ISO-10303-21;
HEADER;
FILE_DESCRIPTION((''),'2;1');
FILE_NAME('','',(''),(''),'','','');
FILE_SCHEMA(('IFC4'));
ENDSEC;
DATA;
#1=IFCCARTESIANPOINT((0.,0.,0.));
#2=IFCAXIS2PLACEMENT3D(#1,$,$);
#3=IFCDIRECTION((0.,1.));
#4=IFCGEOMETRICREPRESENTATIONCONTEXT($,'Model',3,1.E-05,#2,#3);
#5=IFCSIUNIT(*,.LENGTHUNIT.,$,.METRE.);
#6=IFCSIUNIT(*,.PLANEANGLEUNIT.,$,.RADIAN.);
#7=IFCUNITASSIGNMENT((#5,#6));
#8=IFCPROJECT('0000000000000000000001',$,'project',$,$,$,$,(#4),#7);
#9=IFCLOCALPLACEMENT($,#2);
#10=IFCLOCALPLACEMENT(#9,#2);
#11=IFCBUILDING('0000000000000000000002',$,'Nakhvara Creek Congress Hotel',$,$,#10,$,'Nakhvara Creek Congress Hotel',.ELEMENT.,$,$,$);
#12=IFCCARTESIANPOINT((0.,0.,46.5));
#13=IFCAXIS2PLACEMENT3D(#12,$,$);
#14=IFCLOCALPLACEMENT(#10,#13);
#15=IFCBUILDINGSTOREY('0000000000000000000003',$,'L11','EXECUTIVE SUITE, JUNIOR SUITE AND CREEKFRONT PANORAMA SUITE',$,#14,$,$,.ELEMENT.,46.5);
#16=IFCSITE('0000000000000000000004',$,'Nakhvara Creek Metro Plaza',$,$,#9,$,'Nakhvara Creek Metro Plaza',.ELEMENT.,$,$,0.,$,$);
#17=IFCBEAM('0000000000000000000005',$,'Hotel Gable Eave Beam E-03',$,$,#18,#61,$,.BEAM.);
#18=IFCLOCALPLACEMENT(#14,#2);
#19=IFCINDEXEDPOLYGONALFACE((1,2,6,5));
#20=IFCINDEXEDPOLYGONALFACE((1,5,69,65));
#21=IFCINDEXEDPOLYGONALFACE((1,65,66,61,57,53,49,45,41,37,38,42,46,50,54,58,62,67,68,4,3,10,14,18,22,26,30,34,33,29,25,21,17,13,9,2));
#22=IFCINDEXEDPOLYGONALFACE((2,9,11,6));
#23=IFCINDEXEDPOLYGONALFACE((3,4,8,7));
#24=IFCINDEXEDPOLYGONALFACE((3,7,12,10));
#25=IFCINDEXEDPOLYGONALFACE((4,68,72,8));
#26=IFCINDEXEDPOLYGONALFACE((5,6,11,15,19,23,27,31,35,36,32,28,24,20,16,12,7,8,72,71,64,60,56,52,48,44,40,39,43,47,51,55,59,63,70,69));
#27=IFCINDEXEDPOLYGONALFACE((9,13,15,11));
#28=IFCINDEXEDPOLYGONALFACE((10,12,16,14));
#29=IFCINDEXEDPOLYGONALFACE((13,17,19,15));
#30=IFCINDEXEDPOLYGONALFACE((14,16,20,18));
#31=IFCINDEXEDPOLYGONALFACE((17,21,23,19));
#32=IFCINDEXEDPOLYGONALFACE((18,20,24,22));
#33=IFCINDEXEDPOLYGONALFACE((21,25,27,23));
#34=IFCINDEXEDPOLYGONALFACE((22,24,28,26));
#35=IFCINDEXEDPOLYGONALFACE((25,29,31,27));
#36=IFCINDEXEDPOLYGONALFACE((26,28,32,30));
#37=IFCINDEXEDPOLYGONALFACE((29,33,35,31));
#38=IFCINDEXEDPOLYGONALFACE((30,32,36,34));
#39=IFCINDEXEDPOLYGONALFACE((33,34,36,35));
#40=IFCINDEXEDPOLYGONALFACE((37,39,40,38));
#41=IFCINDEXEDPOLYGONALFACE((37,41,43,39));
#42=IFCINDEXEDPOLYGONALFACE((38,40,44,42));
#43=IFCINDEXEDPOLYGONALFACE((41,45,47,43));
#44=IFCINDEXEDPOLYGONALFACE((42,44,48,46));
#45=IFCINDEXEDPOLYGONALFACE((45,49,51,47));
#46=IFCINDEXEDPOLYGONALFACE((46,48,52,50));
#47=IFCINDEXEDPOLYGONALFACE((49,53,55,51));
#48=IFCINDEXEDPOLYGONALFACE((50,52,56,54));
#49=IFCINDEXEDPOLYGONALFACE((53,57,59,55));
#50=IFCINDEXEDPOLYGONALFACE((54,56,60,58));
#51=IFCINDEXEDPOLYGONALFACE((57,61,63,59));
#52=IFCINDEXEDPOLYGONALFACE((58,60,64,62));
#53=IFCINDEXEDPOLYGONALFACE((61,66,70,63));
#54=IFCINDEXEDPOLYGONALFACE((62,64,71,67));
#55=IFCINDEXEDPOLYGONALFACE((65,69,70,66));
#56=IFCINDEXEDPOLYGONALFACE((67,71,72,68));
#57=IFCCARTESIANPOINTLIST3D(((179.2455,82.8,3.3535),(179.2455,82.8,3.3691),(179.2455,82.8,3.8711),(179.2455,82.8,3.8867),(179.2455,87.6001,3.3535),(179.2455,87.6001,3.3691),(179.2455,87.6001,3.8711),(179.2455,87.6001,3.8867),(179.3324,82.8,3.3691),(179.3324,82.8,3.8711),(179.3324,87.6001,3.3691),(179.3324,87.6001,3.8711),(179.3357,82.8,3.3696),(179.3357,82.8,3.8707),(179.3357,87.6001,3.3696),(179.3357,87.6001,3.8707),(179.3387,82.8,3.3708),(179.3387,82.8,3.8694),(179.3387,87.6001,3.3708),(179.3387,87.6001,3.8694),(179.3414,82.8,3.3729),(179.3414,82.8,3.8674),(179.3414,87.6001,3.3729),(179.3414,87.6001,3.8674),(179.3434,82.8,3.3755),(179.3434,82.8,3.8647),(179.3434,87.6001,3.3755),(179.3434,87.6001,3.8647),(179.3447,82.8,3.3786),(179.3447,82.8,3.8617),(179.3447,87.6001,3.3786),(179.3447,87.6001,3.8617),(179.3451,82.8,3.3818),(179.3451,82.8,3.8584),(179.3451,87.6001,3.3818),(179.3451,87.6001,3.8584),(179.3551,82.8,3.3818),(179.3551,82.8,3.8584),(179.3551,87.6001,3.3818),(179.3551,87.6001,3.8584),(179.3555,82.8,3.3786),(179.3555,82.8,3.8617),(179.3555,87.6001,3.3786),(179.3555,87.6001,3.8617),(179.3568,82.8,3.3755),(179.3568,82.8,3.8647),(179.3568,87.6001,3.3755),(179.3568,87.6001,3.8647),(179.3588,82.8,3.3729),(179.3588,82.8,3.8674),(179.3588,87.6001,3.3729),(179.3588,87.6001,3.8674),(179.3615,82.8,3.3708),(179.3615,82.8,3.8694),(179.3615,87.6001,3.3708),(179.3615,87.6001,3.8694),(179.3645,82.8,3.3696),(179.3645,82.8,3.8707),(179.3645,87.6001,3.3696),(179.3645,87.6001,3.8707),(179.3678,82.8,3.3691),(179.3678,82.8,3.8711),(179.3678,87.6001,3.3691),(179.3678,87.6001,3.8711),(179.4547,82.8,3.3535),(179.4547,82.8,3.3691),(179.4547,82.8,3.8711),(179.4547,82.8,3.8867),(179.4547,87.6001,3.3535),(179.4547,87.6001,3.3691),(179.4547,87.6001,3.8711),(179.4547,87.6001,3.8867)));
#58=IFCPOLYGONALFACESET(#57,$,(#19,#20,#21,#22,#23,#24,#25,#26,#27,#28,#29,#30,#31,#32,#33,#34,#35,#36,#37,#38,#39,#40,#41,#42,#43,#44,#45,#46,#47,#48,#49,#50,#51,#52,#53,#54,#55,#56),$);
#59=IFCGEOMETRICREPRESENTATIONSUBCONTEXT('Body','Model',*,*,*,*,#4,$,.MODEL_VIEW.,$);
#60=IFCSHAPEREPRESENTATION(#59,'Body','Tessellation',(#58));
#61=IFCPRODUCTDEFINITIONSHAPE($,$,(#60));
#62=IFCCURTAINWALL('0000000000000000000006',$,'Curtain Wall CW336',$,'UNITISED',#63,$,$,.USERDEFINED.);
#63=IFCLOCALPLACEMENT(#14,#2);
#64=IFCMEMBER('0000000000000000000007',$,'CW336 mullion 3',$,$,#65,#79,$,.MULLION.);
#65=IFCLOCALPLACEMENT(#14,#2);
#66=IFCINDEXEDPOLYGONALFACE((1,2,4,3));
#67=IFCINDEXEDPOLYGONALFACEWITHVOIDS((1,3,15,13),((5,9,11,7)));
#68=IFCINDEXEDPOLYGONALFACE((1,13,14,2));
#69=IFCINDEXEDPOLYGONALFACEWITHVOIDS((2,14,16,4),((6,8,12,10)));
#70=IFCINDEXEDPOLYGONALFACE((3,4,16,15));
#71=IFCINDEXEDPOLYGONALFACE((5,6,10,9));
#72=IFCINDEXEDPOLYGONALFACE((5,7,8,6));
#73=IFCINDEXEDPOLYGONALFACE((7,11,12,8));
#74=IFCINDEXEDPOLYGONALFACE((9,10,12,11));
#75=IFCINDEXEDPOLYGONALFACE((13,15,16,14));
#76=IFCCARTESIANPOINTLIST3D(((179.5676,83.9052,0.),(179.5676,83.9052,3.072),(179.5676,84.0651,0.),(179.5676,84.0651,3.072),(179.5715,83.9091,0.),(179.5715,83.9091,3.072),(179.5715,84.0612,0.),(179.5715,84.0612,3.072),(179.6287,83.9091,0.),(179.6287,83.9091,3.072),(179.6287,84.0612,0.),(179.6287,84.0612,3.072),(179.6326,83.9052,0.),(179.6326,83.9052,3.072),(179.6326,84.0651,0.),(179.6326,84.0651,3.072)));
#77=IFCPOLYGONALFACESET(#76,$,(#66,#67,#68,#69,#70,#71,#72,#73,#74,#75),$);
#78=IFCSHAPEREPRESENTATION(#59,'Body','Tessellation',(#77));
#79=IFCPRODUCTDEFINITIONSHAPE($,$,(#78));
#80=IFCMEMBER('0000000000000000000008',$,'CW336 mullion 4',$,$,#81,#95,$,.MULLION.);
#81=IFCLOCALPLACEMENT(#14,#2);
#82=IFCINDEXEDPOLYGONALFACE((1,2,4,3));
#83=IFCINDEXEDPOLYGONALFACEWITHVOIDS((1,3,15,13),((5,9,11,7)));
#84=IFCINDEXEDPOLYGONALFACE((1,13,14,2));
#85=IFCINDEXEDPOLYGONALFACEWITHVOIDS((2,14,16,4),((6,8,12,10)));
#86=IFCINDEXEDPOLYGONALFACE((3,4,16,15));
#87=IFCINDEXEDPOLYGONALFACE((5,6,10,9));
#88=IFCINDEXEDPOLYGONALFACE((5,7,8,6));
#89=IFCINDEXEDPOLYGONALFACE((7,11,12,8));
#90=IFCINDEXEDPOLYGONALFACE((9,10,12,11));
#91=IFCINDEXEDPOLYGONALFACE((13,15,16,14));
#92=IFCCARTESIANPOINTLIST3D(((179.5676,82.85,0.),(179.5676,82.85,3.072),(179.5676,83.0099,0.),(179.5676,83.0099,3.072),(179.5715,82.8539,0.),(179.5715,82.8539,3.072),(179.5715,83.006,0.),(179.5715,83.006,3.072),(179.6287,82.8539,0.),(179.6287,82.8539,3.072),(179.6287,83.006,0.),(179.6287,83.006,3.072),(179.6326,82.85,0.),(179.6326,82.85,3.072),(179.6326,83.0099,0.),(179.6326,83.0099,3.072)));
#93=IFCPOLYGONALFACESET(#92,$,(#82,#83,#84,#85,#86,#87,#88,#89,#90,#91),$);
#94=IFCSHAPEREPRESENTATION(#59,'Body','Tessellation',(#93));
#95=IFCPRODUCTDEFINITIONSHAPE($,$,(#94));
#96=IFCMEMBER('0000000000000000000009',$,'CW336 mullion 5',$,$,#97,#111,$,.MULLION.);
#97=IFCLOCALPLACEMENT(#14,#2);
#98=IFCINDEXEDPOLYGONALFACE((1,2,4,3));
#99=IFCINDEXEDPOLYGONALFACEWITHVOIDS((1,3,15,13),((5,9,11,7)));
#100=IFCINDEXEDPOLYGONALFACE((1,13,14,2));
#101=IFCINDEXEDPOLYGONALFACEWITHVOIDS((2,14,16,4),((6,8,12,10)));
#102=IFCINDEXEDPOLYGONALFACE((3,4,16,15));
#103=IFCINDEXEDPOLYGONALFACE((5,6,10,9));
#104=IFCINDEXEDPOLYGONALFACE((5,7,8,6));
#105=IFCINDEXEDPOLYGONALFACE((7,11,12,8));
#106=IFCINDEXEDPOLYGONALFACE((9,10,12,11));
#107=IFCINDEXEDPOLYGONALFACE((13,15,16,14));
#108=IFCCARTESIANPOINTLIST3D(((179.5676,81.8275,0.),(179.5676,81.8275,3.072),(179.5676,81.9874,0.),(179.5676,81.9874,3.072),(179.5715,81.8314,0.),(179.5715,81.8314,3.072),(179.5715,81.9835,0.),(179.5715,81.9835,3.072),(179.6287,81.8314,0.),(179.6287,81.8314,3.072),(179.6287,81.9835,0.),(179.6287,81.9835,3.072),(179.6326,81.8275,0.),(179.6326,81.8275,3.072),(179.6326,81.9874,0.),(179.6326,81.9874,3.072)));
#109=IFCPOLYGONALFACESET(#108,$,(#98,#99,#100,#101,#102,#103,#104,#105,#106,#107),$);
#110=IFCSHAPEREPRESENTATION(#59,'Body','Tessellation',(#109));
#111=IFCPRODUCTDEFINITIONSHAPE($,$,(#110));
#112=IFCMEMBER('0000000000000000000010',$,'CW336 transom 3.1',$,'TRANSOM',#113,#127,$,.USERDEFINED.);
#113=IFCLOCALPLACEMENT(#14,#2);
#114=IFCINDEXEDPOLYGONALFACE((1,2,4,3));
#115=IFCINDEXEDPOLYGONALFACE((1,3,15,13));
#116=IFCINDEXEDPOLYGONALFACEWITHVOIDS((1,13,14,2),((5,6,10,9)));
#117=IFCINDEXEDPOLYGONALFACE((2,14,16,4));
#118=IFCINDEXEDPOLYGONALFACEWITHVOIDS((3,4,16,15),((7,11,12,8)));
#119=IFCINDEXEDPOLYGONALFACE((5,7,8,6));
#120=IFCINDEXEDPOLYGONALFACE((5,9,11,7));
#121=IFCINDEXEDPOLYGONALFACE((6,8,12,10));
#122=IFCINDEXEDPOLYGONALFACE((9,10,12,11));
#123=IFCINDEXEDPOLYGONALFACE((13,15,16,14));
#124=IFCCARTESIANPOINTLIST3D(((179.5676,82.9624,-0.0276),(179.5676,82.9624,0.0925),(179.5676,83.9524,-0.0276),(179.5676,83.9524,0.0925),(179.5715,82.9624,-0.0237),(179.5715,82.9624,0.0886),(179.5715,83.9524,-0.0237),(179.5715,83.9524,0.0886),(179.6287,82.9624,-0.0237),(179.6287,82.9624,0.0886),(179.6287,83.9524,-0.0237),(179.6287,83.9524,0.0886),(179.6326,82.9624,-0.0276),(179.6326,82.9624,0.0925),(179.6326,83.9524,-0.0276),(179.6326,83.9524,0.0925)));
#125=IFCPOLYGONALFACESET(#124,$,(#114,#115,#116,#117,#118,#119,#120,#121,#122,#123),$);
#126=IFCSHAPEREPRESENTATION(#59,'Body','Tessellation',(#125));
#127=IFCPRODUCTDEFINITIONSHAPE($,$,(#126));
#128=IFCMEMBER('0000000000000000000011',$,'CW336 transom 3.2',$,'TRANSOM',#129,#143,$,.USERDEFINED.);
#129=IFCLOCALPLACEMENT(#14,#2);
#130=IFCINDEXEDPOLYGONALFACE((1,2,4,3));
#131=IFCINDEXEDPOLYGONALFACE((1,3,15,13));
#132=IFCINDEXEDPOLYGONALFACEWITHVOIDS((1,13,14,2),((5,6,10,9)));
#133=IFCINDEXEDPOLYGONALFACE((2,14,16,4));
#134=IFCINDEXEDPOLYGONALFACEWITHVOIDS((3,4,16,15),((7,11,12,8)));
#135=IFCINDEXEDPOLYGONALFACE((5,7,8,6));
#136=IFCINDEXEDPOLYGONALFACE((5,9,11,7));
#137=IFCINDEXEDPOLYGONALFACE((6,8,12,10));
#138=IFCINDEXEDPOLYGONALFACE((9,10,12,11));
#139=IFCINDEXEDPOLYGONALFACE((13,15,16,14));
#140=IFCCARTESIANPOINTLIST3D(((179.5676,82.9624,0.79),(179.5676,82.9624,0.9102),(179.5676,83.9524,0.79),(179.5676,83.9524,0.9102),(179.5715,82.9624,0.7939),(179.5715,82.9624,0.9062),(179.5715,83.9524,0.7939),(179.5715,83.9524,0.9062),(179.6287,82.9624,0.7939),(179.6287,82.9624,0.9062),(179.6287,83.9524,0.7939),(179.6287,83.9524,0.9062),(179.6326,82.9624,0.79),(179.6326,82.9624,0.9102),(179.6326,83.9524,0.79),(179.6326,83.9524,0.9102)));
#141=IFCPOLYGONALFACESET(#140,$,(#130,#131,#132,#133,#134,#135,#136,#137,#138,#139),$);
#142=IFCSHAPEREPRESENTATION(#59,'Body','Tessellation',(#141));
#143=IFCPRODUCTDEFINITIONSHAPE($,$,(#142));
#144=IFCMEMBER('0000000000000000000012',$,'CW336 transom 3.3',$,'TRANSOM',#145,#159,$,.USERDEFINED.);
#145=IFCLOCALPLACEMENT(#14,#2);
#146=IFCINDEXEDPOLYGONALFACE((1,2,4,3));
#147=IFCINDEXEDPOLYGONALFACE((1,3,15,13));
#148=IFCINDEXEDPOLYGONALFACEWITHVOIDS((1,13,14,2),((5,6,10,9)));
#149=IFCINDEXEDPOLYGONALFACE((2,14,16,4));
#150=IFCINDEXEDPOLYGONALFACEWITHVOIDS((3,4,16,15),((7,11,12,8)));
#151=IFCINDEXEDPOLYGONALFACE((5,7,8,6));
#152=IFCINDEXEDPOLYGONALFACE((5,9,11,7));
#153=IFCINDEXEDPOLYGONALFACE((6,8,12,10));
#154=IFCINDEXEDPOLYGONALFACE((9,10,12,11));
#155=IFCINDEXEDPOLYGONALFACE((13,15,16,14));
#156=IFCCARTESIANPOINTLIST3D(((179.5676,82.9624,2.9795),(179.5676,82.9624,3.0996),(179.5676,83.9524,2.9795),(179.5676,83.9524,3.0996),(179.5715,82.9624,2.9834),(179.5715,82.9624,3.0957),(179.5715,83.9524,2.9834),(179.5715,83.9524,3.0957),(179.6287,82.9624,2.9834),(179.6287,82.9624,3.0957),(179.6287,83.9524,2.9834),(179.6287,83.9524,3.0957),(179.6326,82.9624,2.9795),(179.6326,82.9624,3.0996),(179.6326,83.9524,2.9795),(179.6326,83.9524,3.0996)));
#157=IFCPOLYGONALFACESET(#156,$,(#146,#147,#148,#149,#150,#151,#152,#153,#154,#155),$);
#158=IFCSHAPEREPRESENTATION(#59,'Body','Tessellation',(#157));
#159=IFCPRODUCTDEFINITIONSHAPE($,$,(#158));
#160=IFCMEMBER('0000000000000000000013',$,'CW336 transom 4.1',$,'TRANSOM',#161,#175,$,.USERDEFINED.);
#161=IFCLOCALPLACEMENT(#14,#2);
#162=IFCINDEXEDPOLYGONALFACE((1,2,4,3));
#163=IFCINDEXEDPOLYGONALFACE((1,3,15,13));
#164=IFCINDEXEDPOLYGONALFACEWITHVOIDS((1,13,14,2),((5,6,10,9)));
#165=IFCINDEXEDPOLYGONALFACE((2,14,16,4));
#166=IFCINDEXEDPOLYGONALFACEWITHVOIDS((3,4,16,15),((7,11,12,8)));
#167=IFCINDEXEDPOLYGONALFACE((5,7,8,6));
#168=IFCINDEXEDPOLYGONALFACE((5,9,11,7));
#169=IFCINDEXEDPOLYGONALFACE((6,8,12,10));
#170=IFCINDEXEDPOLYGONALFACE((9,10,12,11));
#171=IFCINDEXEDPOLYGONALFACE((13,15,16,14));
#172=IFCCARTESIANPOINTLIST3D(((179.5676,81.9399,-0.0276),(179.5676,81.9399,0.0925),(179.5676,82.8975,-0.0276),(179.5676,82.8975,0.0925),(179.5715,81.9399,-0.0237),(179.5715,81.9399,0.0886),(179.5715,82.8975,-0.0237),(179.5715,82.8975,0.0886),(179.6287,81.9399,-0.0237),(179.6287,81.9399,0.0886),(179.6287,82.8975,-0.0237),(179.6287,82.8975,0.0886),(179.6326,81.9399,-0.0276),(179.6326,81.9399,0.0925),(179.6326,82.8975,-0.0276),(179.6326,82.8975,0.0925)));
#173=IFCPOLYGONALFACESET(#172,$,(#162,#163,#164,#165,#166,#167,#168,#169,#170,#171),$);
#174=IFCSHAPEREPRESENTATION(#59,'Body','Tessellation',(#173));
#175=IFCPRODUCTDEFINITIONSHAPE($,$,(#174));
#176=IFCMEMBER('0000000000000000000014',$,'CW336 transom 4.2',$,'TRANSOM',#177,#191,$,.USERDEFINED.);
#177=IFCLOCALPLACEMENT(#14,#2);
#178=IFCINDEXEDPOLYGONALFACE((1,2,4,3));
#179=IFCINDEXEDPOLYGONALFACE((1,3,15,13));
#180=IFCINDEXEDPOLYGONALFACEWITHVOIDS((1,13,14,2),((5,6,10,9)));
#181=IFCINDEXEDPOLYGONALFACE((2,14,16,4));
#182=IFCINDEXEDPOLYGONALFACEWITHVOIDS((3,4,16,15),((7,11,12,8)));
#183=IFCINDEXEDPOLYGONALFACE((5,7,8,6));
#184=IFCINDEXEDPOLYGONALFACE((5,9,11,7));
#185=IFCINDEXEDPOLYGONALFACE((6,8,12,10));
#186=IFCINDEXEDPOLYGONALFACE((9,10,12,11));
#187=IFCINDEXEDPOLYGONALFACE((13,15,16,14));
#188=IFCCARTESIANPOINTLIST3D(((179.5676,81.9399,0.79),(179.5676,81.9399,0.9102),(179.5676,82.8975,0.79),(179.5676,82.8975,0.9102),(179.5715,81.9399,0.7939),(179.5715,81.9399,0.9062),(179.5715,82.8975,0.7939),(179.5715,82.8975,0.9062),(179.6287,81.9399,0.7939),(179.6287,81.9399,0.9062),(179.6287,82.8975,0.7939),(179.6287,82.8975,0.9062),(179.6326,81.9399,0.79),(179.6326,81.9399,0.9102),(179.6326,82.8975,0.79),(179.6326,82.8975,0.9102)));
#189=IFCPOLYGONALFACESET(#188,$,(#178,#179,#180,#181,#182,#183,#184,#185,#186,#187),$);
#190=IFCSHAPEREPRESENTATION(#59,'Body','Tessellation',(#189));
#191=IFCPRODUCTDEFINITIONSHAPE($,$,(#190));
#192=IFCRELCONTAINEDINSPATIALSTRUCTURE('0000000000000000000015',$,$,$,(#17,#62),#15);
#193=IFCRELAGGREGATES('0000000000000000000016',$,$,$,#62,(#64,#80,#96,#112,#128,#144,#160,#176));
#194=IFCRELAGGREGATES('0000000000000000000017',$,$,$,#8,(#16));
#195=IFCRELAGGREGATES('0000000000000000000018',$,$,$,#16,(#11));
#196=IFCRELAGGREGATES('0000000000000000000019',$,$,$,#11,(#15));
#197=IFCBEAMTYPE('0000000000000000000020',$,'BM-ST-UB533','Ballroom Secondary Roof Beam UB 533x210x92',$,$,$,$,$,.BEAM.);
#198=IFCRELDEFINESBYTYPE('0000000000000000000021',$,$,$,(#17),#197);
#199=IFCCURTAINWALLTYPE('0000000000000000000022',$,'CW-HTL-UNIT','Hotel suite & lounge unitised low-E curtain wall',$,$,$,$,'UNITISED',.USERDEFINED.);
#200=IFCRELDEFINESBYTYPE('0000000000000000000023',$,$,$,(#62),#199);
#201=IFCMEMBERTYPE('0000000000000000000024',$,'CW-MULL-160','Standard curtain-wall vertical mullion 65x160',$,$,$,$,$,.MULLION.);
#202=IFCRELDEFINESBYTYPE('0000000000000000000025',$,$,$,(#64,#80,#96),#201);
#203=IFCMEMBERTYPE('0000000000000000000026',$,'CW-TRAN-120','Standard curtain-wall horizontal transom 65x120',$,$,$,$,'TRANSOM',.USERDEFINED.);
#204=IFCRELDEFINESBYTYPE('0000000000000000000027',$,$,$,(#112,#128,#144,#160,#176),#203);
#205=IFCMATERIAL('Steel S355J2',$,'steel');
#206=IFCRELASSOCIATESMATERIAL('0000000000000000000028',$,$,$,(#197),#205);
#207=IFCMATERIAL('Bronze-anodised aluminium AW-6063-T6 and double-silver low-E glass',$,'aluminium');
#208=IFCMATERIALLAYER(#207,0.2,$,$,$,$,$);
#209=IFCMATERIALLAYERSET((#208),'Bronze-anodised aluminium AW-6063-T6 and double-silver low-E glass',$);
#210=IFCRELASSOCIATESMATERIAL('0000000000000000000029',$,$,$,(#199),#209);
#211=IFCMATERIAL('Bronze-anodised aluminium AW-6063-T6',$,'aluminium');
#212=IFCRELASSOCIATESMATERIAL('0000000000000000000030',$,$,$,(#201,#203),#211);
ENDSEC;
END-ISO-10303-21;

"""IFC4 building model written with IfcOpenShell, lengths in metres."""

from ifc_helpers import new_model, si_unit, direction, frame, origin, origin_2d, place, context, subcontext, project, spatial, hollow_rectangle, i_section, extrude, material, layer, layer_set, material_profile, profile_set, type_object, element, aggregate, save


model = new_model("IFC4")

# Units and contexts
model_context = context("Model", 3, precision=1e-05, world=origin(), true_north=direction((0.0, 1.0)))
body_context = subcontext(model_context, "Body", "Model", "MODEL_VIEW")
ifc_project = project(units=[si_unit("LENGTHUNIT", "METRE"), si_unit("PLANEANGLEUNIT", "RADIAN")], contexts=[model_context])

# Site, building, storey
site_placement = place(None, origin())
site = spatial("IfcSite", under=ifc_project, at=site_placement, Name="Nakhvara Creek Metro Plaza", LongName="Nakhvara Creek Metro Plaza", CompositionType="ELEMENT", RefElevation=0.0)
building_placement = place(site_placement, origin())
building = spatial("IfcBuilding", under=site, at=building_placement, Name="Nakhvara Creek Congress Hotel", LongName="Nakhvara Creek Congress Hotel", CompositionType="ELEMENT")
storey_placement = place(building_placement, frame((0.0, 0.0, 46.5)))
storey = spatial("IfcBuildingStorey", under=building, at=storey_placement, Name="L11", Description="EXECUTIVE SUITE, JUNIOR SUITE AND CREEKFRONT PANORAMA SUITE", CompositionType="ELEMENT", Elevation=46.5)

# Beam
ifc_material_1 = material(Name="Steel S355J2", Category="steel")
ifc_material_profile_1 = material_profile(ifc_material_1, i_section(OverallWidth=0.2092, OverallDepth=0.5332, WebThickness=0.01, FlangeThickness=0.0156, FilletRadius=0.0127, at=origin_2d()), Name="UB 533x210x92", Category="LoadBearing")
ifc_profile_set_1 = profile_set([ifc_material_profile_1], Name="Steel S355J2")
beam_type_1 = type_object("IfcBeamType", Name="BM-ST-UB533", Description="Ballroom Secondary Roof Beam UB 533x210x92", PredefinedType="BEAM", material=ifc_profile_set_1)
beam_1_placement = place(storey_placement, frame((179.3501, 82.8, 3.6201), z_axis=(0.0, 1.0, 0.0), x_axis=(-1.0, 0.0, 0.0)))
element("IfcBeam", 1, at=beam_1_placement, inside=storey, type_object=beam_type_1, Name="Hotel Gable Eave Beam E-03", PredefinedType="BEAM", context=body_context, shape_type="SweptSolid", body=[
    extrude(i_section(OverallWidth=0.2092, OverallDepth=0.5332, WebThickness=0.01, FlangeThickness=0.0156, FilletRadius=0.0127, at=origin_2d()), origin(), (0.0, 0.0, 1.0), 4.8),
])

# Curtain wall, members
ifc_material_2 = material(Name="Bronze-anodised aluminium AW-6063-T6 and double-silver low-E glass", Category="aluminium")
ifc_layer_1 = layer(ifc_material_2, 0.2)
ifc_layer_set_1 = layer_set([ifc_layer_1], Name="Bronze-anodised aluminium AW-6063-T6 and double-silver low-E glass")
curtain_wall_type = type_object("IfcCurtainWallType", Name="CW-HTL-UNIT", Description="Hotel suite & lounge unitised low-E curtain wall", ElementType="UNITISED", PredefinedType="USERDEFINED", material=ifc_layer_set_1)
curtain_wall_placement = place(storey_placement, origin())
curtain_wall = element("IfcCurtainWall", 2, at=curtain_wall_placement, inside=storey, type_object=curtain_wall_type, Name="Curtain Wall CW336", ObjectType="UNITISED", PredefinedType="USERDEFINED")
ifc_material_3 = material(Name="Bronze-anodised aluminium AW-6063-T6", Category="aluminium")
ifc_material_profile_2 = material_profile(ifc_material_3, hollow_rectangle(XDim=0.0649, YDim=0.1599, WallThickness=0.0039, at=origin_2d()), Name="ALU-MULL 65x160x4", Category="LoadBearing")
ifc_profile_set_2 = profile_set([ifc_material_profile_2], Name="Bronze-anodised aluminium AW-6063-T6")
member_type_1 = type_object("IfcMemberType", Name="CW-MULL-160", Description="Standard curtain-wall vertical mullion 65x160", PredefinedType="MULLION", material=ifc_profile_set_2)
member_1_placement = place(storey_placement, frame((179.6001, 83.9851, 0.0), z_axis=(0.0, 0.0, 1.0), x_axis=(1.0, 0.0, 0.0)))
member_1 = element("IfcMember", 3, at=member_1_placement, type_object=member_type_1, Name="CW336 mullion 3", PredefinedType="MULLION", context=body_context, shape_type="SweptSolid", body=[
    extrude(hollow_rectangle(XDim=0.0649, YDim=0.1599, WallThickness=0.0039, at=origin_2d()), origin(), (0.0, 0.0, 1.0), 3.072),
])
member_2_placement = place(storey_placement, frame((179.6001, 82.9299, 0.0), z_axis=(0.0, 0.0, 1.0), x_axis=(1.0, 0.0, 0.0)))
member_2 = element("IfcMember", 4, at=member_2_placement, type_object=member_type_1, Name="CW336 mullion 4", PredefinedType="MULLION", context=body_context, shape_type="SweptSolid", body=[
    extrude(hollow_rectangle(XDim=0.0649, YDim=0.1599, WallThickness=0.0039, at=origin_2d()), origin(), (0.0, 0.0, 1.0), 3.072),
])
member_3_placement = place(storey_placement, frame((179.6001, 81.9075, 0.0), z_axis=(0.0, 0.0, 1.0), x_axis=(1.0, 0.0, 0.0)))
member_3 = element("IfcMember", 5, at=member_3_placement, type_object=member_type_1, Name="CW336 mullion 5", PredefinedType="MULLION", context=body_context, shape_type="SweptSolid", body=[
    extrude(hollow_rectangle(XDim=0.0649, YDim=0.1599, WallThickness=0.0039, at=origin_2d()), origin(), (0.0, 0.0, 1.0), 3.072),
])
ifc_material_profile_3 = material_profile(ifc_material_3, hollow_rectangle(XDim=0.0649, YDim=0.1201, WallThickness=0.0039, at=origin_2d()), Name="ALU-TRAN 65x120x4", Category="LoadBearing")
ifc_profile_set_3 = profile_set([ifc_material_profile_3], Name="Bronze-anodised aluminium AW-6063-T6")
member_type_2 = type_object("IfcMemberType", Name="CW-TRAN-120", Description="Standard curtain-wall horizontal transom 65x120", ElementType="TRANSOM", PredefinedType="USERDEFINED", material=ifc_profile_set_3)
member_4_placement = place(storey_placement, frame((179.6001, 83.9524, 0.0325), z_axis=(0.0, -1.0, 0.0), x_axis=(1.0, 0.0, 0.0)))
member_4 = element("IfcMember", 6, at=member_4_placement, type_object=member_type_2, Name="CW336 transom 3.1", ObjectType="TRANSOM", PredefinedType="USERDEFINED", context=body_context, shape_type="SweptSolid", body=[
    extrude(hollow_rectangle(XDim=0.0649, YDim=0.1201, WallThickness=0.0039, at=origin_2d()), origin(), (0.0, 0.0, 1.0), 0.99),
])
member_5_placement = place(storey_placement, frame((179.6001, 83.9524, 0.8501), z_axis=(0.0, -1.0, 0.0), x_axis=(1.0, 0.0, 0.0)))
member_5 = element("IfcMember", 7, at=member_5_placement, type_object=member_type_2, Name="CW336 transom 3.2", ObjectType="TRANSOM", PredefinedType="USERDEFINED", context=body_context, shape_type="SweptSolid", body=[
    extrude(hollow_rectangle(XDim=0.0649, YDim=0.1201, WallThickness=0.0039, at=origin_2d()), origin(), (0.0, 0.0, 1.0), 0.99),
])
member_6_placement = place(storey_placement, frame((179.6001, 83.9524, 3.0396), z_axis=(0.0, -1.0, 0.0), x_axis=(1.0, 0.0, 0.0)))
member_6 = element("IfcMember", 8, at=member_6_placement, type_object=member_type_2, Name="CW336 transom 3.3", ObjectType="TRANSOM", PredefinedType="USERDEFINED", context=body_context, shape_type="SweptSolid", body=[
    extrude(hollow_rectangle(XDim=0.0649, YDim=0.1201, WallThickness=0.0039, at=origin_2d()), origin(), (0.0, 0.0, 1.0), 0.99),
])
member_7_placement = place(storey_placement, frame((179.6001, 82.8975, 0.0325), z_axis=(0.0, -1.0, 0.0), x_axis=(1.0, 0.0, 0.0)))
member_7 = element("IfcMember", 9, at=member_7_placement, type_object=member_type_2, Name="CW336 transom 4.1", ObjectType="TRANSOM", PredefinedType="USERDEFINED", context=body_context, shape_type="SweptSolid", body=[
    extrude(hollow_rectangle(XDim=0.0649, YDim=0.1201, WallThickness=0.0039, at=origin_2d()), origin(), (0.0, 0.0, 1.0), 0.9575),
])
member_8_placement = place(storey_placement, frame((179.6001, 82.8975, 0.8501), z_axis=(0.0, -1.0, 0.0), x_axis=(1.0, 0.0, 0.0)))
member_8 = element("IfcMember", 10, at=member_8_placement, type_object=member_type_2, Name="CW336 transom 4.2", ObjectType="TRANSOM", PredefinedType="USERDEFINED", context=body_context, shape_type="SweptSolid", body=[
    extrude(hollow_rectangle(XDim=0.0649, YDim=0.1201, WallThickness=0.0039, at=origin_2d()), origin(), (0.0, 0.0, 1.0), 0.9575),
])
aggregate(curtain_wall, [member_1, member_2, member_3, member_4, member_5, member_6, member_7, member_8])

save(model, "model.ifc")
